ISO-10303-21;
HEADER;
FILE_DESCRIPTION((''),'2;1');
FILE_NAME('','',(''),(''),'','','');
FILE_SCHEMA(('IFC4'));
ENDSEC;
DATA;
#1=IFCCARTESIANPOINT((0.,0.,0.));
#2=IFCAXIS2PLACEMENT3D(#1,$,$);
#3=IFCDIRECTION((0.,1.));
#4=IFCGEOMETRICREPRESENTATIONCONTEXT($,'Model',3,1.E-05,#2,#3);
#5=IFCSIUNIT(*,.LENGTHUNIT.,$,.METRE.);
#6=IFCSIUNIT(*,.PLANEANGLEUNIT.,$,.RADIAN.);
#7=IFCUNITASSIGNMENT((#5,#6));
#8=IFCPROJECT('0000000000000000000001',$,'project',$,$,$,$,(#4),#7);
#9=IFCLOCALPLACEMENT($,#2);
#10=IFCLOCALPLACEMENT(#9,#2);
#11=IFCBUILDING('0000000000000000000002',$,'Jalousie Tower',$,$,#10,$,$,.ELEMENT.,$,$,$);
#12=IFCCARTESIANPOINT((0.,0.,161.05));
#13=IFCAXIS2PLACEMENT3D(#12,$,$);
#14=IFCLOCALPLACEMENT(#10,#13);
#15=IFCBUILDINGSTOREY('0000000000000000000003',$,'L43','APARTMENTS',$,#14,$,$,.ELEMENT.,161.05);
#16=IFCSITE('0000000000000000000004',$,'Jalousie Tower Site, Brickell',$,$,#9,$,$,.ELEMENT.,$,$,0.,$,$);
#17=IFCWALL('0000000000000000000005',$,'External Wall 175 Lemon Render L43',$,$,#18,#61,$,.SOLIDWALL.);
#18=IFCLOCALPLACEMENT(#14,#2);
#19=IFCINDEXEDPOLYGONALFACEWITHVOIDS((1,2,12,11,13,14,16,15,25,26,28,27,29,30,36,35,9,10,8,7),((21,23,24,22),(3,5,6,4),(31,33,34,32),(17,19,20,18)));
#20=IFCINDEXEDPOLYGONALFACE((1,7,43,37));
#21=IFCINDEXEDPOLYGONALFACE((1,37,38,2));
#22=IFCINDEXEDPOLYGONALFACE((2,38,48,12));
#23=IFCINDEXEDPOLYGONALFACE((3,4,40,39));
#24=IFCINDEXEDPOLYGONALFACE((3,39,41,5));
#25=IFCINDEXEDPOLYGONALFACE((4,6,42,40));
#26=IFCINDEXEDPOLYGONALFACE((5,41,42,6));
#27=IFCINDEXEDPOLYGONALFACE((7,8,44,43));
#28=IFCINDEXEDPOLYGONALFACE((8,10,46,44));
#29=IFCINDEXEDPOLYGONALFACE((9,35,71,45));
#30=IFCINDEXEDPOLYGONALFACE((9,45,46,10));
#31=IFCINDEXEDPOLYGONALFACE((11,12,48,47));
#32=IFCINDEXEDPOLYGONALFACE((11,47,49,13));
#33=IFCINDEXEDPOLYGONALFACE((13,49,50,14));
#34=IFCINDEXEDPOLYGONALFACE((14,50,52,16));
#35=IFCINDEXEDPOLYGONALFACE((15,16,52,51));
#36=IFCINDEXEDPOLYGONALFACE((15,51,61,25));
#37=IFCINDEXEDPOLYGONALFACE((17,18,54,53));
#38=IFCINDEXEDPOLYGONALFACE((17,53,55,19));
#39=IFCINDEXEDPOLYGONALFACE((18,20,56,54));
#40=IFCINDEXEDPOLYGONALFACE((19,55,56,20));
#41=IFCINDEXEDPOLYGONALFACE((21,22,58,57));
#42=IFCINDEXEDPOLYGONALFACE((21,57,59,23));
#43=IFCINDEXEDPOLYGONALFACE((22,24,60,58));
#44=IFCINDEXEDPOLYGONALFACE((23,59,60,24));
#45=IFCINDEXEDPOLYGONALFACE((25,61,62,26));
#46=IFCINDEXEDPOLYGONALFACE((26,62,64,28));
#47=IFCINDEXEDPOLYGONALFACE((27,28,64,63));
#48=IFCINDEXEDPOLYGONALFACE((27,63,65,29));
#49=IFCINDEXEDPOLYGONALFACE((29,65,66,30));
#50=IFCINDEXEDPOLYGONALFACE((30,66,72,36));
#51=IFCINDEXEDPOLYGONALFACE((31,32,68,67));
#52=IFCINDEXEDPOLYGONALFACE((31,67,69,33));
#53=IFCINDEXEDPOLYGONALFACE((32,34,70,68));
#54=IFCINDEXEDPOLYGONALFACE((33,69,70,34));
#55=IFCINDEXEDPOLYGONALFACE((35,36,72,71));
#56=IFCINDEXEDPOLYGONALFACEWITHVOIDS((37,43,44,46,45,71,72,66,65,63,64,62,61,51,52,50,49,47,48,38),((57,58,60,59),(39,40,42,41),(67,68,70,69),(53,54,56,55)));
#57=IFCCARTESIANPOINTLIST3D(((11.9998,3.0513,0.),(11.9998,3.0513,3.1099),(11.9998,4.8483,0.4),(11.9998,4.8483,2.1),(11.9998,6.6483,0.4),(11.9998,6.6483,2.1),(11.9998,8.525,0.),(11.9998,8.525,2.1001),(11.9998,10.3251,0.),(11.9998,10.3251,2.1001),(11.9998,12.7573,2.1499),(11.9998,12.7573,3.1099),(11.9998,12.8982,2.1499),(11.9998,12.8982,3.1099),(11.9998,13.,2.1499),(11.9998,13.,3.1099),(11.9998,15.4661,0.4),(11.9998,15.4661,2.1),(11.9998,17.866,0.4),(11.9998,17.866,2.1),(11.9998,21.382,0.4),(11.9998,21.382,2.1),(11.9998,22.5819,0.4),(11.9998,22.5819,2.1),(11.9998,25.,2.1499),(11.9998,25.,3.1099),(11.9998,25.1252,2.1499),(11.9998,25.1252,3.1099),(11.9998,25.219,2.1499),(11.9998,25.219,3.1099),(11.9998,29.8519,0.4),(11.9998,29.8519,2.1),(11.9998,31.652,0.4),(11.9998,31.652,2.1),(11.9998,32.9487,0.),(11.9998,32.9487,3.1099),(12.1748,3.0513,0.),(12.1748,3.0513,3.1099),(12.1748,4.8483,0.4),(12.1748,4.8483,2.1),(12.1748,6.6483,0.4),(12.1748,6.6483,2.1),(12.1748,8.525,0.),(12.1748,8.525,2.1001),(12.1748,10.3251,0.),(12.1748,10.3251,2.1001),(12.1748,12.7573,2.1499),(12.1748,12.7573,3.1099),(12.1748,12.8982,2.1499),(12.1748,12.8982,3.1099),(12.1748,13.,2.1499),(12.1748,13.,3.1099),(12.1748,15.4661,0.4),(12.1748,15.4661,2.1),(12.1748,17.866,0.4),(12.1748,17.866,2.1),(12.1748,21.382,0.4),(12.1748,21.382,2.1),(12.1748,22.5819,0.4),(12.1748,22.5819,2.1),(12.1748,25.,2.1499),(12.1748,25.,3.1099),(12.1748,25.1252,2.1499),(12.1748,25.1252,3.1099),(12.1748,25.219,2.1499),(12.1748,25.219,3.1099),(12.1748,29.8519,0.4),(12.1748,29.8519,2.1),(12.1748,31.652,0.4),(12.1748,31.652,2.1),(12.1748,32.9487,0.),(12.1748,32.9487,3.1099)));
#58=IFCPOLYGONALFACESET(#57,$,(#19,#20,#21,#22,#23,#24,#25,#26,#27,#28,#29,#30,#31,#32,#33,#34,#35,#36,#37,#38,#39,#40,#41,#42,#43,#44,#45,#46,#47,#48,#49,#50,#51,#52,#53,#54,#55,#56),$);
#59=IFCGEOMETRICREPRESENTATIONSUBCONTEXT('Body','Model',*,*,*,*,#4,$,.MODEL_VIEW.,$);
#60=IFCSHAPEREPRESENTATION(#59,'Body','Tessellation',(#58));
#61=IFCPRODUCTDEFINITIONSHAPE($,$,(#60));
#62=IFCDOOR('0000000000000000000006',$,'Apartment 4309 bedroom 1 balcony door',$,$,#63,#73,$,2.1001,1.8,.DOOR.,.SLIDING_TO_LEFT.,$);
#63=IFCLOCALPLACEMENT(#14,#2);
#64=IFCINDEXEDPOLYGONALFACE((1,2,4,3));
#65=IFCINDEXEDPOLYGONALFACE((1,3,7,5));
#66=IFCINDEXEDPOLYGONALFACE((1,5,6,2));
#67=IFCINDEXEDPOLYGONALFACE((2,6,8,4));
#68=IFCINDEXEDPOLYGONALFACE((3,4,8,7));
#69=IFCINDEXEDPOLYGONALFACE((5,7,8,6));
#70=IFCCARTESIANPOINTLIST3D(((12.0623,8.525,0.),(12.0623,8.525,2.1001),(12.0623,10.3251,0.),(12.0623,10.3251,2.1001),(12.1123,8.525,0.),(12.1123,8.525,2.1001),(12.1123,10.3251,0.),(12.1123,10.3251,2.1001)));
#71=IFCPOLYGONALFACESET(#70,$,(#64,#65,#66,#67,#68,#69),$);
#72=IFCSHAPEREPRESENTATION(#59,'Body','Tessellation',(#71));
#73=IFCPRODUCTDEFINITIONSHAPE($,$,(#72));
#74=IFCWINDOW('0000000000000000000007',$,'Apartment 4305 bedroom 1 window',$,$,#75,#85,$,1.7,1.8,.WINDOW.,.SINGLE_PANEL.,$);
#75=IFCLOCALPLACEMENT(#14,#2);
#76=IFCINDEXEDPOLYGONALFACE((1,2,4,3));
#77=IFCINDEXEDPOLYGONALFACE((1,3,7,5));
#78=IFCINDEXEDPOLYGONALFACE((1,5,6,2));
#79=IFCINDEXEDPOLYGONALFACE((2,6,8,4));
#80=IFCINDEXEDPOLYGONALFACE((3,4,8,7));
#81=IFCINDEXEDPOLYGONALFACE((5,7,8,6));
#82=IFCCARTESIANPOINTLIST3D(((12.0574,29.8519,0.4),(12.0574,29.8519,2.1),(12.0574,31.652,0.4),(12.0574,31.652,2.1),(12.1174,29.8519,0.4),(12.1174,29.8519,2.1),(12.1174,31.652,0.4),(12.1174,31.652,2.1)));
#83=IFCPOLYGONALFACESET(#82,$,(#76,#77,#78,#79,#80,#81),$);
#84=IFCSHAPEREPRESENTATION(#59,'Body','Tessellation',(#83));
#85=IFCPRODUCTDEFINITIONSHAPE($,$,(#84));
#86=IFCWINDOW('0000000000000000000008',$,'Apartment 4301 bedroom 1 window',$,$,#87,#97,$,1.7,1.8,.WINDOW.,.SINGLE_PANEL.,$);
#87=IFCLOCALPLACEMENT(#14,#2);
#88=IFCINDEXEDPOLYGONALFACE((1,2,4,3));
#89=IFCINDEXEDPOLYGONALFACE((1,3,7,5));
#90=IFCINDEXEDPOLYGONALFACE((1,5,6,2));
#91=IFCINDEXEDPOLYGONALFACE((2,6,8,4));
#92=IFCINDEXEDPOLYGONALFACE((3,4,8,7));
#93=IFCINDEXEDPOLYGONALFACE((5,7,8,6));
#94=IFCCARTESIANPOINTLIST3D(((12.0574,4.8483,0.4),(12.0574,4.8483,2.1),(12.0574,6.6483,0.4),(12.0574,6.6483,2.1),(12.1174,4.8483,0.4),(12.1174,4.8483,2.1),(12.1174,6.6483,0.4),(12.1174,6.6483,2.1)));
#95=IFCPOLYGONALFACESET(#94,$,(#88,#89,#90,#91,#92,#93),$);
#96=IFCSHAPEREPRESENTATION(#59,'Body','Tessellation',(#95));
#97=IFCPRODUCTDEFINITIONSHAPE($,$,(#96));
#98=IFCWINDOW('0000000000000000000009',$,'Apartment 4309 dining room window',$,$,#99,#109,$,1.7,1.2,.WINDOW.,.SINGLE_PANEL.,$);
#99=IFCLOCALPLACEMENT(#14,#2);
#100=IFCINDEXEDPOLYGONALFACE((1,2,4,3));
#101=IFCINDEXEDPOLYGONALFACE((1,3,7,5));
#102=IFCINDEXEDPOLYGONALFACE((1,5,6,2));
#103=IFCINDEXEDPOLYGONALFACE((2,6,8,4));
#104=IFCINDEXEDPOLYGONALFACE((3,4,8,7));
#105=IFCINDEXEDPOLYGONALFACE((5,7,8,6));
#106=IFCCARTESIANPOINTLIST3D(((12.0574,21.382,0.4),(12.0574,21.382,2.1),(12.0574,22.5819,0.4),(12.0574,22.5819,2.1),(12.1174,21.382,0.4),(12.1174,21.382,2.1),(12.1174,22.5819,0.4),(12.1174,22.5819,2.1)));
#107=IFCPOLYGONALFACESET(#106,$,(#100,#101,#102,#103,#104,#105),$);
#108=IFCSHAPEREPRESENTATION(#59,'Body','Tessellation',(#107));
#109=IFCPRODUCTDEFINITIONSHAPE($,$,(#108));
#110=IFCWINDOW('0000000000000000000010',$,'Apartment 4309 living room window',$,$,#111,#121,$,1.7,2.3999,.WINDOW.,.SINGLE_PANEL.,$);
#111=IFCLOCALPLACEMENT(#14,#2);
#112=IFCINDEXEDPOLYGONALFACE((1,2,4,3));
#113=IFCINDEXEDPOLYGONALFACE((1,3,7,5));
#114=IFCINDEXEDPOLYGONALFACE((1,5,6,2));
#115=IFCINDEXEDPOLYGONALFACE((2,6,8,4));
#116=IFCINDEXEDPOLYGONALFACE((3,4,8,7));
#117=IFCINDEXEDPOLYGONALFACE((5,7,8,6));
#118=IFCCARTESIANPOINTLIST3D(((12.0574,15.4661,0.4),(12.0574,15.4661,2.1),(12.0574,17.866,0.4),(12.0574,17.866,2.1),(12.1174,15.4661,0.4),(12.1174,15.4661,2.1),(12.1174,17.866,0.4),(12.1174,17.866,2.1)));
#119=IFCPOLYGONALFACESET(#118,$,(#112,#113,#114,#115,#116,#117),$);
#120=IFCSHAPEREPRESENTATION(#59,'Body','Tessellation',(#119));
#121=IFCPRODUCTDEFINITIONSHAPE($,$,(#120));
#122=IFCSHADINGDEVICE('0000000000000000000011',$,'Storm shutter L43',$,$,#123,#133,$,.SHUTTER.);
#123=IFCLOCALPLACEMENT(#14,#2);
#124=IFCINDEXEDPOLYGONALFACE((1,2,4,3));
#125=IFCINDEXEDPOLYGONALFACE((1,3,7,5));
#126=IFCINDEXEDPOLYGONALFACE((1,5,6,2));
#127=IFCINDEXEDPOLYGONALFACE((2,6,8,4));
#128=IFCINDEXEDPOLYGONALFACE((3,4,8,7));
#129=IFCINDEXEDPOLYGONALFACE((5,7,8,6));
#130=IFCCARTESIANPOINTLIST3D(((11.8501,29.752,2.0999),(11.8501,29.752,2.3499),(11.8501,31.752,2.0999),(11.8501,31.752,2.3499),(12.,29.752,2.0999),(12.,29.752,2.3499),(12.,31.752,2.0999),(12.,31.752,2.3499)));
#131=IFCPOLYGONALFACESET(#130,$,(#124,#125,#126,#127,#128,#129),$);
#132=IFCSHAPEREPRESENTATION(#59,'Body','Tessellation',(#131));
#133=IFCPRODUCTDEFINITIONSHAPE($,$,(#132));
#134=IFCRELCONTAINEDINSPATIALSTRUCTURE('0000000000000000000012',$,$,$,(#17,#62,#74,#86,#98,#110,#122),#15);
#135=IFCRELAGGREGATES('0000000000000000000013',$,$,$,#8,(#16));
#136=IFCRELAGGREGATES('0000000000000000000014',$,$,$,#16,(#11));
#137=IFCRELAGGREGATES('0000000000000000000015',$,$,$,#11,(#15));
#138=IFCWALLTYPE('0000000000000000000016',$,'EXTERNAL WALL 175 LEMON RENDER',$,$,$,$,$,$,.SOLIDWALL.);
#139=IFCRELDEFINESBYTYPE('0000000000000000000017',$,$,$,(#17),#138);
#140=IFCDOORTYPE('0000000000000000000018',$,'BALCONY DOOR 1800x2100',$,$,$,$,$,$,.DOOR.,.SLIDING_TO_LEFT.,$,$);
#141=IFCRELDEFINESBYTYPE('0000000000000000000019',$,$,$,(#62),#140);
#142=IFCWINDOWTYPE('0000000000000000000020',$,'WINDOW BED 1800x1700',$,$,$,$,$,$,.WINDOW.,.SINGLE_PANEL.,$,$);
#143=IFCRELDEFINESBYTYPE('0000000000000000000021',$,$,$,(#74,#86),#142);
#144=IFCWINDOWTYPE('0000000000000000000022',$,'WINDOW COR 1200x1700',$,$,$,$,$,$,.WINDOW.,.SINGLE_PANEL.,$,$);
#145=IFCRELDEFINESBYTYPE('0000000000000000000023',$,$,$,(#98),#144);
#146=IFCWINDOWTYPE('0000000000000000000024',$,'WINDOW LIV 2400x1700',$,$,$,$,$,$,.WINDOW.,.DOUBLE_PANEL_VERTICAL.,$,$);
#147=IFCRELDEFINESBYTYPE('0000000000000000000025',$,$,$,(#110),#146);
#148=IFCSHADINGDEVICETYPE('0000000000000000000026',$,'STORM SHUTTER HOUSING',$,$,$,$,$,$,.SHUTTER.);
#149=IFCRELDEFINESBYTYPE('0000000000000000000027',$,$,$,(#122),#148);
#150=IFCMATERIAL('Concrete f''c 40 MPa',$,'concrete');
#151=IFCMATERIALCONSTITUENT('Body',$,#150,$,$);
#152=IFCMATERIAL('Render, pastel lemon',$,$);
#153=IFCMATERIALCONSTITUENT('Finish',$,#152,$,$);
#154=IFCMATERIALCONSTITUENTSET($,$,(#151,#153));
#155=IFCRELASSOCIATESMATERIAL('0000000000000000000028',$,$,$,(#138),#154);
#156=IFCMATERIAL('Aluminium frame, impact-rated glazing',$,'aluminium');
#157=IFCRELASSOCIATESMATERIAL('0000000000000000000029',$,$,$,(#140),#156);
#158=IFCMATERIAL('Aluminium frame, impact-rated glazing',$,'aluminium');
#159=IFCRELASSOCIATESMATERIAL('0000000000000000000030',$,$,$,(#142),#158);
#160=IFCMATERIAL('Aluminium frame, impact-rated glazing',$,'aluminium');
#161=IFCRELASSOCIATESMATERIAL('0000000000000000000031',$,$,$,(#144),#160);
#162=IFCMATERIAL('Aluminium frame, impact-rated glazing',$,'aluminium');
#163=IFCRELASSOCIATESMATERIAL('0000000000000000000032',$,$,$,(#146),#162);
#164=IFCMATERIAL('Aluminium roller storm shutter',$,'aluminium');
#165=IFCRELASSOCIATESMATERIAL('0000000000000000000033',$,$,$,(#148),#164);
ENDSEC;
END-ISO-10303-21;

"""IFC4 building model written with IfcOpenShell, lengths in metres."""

from ifc_helpers import new_model, si_unit, direction, frame, frame_2d, origin, origin_2d, place, context, subcontext, project, spatial, polyline, rectangle, outline, extrude, material, constituent, constituent_set, type_object, element, fill, save


model = new_model("IFC4")

# Units and contexts
model_context = context("Model", 3, precision=1e-05, world=origin(), true_north=direction((0.0, 1.0)))
body_context = subcontext(model_context, "Body", "Model", "MODEL_VIEW")
ifc_project = project(units=[si_unit("LENGTHUNIT", "METRE"), si_unit("PLANEANGLEUNIT", "RADIAN")], contexts=[model_context])

# Site, building, storey
site_placement = place(None, origin())
site = spatial("IfcSite", under=ifc_project, at=site_placement, Name="Jalousie Tower Site, Brickell", CompositionType="ELEMENT", RefElevation=0.0)
building_placement = place(site_placement, origin())
building = spatial("IfcBuilding", under=site, at=building_placement, Name="Jalousie Tower", CompositionType="ELEMENT")
storey_placement = place(building_placement, frame((0.0, 0.0, 161.05)))
storey = spatial("IfcBuildingStorey", under=building, at=storey_placement, Name="L43", Description="APARTMENTS", CompositionType="ELEMENT", Elevation=161.05)

# Wall, openings, door, windows
ifc_material_1 = material(Name="Concrete f'c 40 MPa", Category="concrete")
ifc_constituent_1 = constituent(ifc_material_1, Name="Body")
ifc_material_2 = material(Name="Render, pastel lemon")
ifc_constituent_2 = constituent(ifc_material_2, Name="Finish")
ifc_constituent_set = constituent_set(constituents=[ifc_constituent_1, ifc_constituent_2])
wall_type = type_object("IfcWallType", Name="EXTERNAL WALL 175 LEMON RENDER", PredefinedType="SOLIDWALL", material=ifc_constituent_set)
wall_placement = place(storey_placement, frame((12.0874, 32.9487, 0.0), z_axis=(0.0, 0.0, 1.0), x_axis=(0.0, -1.0, 0.0)))
wall = element("IfcWall", 1, at=wall_placement, inside=storey, type_object=wall_type, Name="External Wall 175 Lemon Render L43", PredefinedType="SOLIDWALL", context=body_context, shape_type="SweptSolid", body=[
    extrude(outline(polyline([(0.0, 0.0), (29.8975, 0.0), (29.8975, 3.1099), (20.1914, 3.1099), (20.1914, 2.1499), (20.0505, 2.1499), (20.0505, 3.1099), (19.9487, 3.1099), (19.9487, 2.1499), (7.9487, 2.1499), (7.9487, 3.1099), (7.8235, 3.1099), (7.8235, 2.1499), (7.7297, 2.1499), (7.7297, 3.1099), (0.0, 3.1099), (0.0, 0.0)])), frame((0.0, 0.0874, 0.0), z_axis=(0.0, -1.0, 0.0), x_axis=(1.0, 0.0, 0.0)), (0.0, 0.0, 1.0), 0.175),
])
opening_1_placement = place(wall_placement, frame((1.2969, 0.0, 0.3999)))
opening_1 = element("IfcOpeningElement", 2, at=opening_1_placement, cuts=wall, PredefinedType="OPENING", context=body_context, shape_type="SweptSolid", body=[
    extrude(rectangle(XDim=1.8, YDim=1.7, at=frame_2d((0.8999, 0.8501))), frame((0.0, 0.0974, 0.0), z_axis=(0.0, -1.0, 0.0), x_axis=(1.0, 0.0, 0.0)), (0.0, 0.0, 1.0), 0.1951),
])
opening_2_placement = place(wall_placement, frame((10.3667, 0.0, 0.3999)))
opening_2 = element("IfcOpeningElement", 3, at=opening_2_placement, cuts=wall, PredefinedType="OPENING", context=body_context, shape_type="SweptSolid", body=[
    extrude(rectangle(XDim=1.2, YDim=1.7, at=frame_2d((0.6001, 0.8501))), frame((0.0, 0.0974, 0.0), z_axis=(0.0, -1.0, 0.0), x_axis=(1.0, 0.0, 0.0)), (0.0, 0.0, 1.0), 0.1951),
])
opening_3_placement = place(wall_placement, frame((15.0828, 0.0, 0.3999)))
opening_3 = element("IfcOpeningElement", 4, at=opening_3_placement, cuts=wall, PredefinedType="OPENING", context=body_context, shape_type="SweptSolid", body=[
    extrude(rectangle(XDim=2.3999, YDim=1.7, at=frame_2d((1.2, 0.8501))), frame((0.0, 0.0974, 0.0), z_axis=(0.0, -1.0, 0.0), x_axis=(1.0, 0.0, 0.0)), (0.0, 0.0, 1.0), 0.1951),
])
opening_4_placement = place(wall_placement, frame((22.6238, 0.0, 0.0)))
opening_4 = element("IfcOpeningElement", 5, at=opening_4_placement, cuts=wall, PredefinedType="OPENING", context=body_context, shape_type="SweptSolid", body=[
    extrude(rectangle(XDim=1.8, YDim=2.1001, at=frame_2d((0.8999, 1.05))), frame((0.0, 0.0974, 0.0), z_axis=(0.0, -1.0, 0.0), x_axis=(1.0, 0.0, 0.0)), (0.0, 0.0, 1.0), 0.1951),
])
opening_5_placement = place(wall_placement, frame((26.3005, 0.0, 0.3999)))
opening_5 = element("IfcOpeningElement", 6, at=opening_5_placement, cuts=wall, PredefinedType="OPENING", context=body_context, shape_type="SweptSolid", body=[
    extrude(rectangle(XDim=1.8, YDim=1.7, at=frame_2d((0.8999, 0.8501))), frame((0.0, 0.0974, 0.0), z_axis=(0.0, -1.0, 0.0), x_axis=(1.0, 0.0, 0.0)), (0.0, 0.0, 1.0), 0.1951),
])
ifc_material_3 = material(Name="Aluminium frame, impact-rated glazing", Category="aluminium")
door_type = type_object("IfcDoorType", Name="BALCONY DOOR 1800x2100", OperationType="SLIDING_TO_LEFT", PredefinedType="DOOR", material=ifc_material_3)
door_placement = place(opening_4_placement, origin())
door = element("IfcDoor", 7, at=door_placement, inside=storey, type_object=door_type, Name="Apartment 4309 bedroom 1 balcony door", OperationType="SLIDING_TO_LEFT", OverallHeight=2.1001, OverallWidth=1.8, PredefinedType="DOOR", context=body_context, shape_type="SweptSolid", body=[
    extrude(rectangle(XDim=1.8, YDim=2.1001, at=frame_2d((0.8999, 1.05))), frame((0.0, 0.0249, 0.0), z_axis=(0.0, -1.0, 0.0), x_axis=(1.0, 0.0, 0.0)), (0.0, 0.0, 1.0), 0.05),
])
fill(opening_4, door)
ifc_material_4 = material(Name="Aluminium frame, impact-rated glazing", Category="aluminium")
window_type_1 = type_object("IfcWindowType", Name="WINDOW BED 1800x1700", PartitioningType="SINGLE_PANEL", PredefinedType="WINDOW", material=ifc_material_4)
window_1_placement = place(opening_1_placement, origin())
window_1 = element("IfcWindow", 8, at=window_1_placement, inside=storey, type_object=window_type_1, Name="Apartment 4305 bedroom 1 window", OverallHeight=1.7, OverallWidth=1.8, PartitioningType="SINGLE_PANEL", PredefinedType="WINDOW", context=body_context, shape_type="SweptSolid", body=[
    extrude(rectangle(XDim=1.8, YDim=1.7, at=frame_2d((0.8999, 0.8501))), frame((0.0, 0.03, 0.0), z_axis=(0.0, -1.0, 0.0), x_axis=(1.0, 0.0, 0.0)), (0.0, 0.0, 1.0), 0.0601),
])
fill(opening_1, window_1)
window_2_placement = place(opening_5_placement, origin())
window_2 = element("IfcWindow", 9, at=window_2_placement, inside=storey, type_object=window_type_1, Name="Apartment 4301 bedroom 1 window", OverallHeight=1.7, OverallWidth=1.8, PartitioningType="SINGLE_PANEL", PredefinedType="WINDOW", context=body_context, shape_type="SweptSolid", body=[
    extrude(rectangle(XDim=1.8, YDim=1.7, at=frame_2d((0.8999, 0.8501))), frame((0.0, 0.03, 0.0), z_axis=(0.0, -1.0, 0.0), x_axis=(1.0, 0.0, 0.0)), (0.0, 0.0, 1.0), 0.0601),
])
fill(opening_5, window_2)
ifc_material_5 = material(Name="Aluminium frame, impact-rated glazing", Category="aluminium")
window_type_2 = type_object("IfcWindowType", Name="WINDOW COR 1200x1700", PartitioningType="SINGLE_PANEL", PredefinedType="WINDOW", material=ifc_material_5)
window_3_placement = place(opening_2_placement, origin())
window_3 = element("IfcWindow", 10, at=window_3_placement, inside=storey, type_object=window_type_2, Name="Apartment 4309 dining room window", OverallHeight=1.7, OverallWidth=1.2, PartitioningType="SINGLE_PANEL", PredefinedType="WINDOW", context=body_context, shape_type="SweptSolid", body=[
    extrude(rectangle(XDim=1.2, YDim=1.7, at=frame_2d((0.6001, 0.8501))), frame((0.0, 0.03, 0.0), z_axis=(0.0, -1.0, 0.0), x_axis=(1.0, 0.0, 0.0)), (0.0, 0.0, 1.0), 0.0601),
])
fill(opening_2, window_3)
ifc_material_6 = material(Name="Aluminium frame, impact-rated glazing", Category="aluminium")
window_type_3 = type_object("IfcWindowType", Name="WINDOW LIV 2400x1700", PartitioningType="DOUBLE_PANEL_VERTICAL", PredefinedType="WINDOW", material=ifc_material_6)
window_4_placement = place(opening_3_placement, origin())
window_4 = element("IfcWindow", 11, at=window_4_placement, inside=storey, type_object=window_type_3, Name="Apartment 4309 living room window", OverallHeight=1.7, OverallWidth=2.3999, PartitioningType="SINGLE_PANEL", PredefinedType="WINDOW", context=body_context, shape_type="SweptSolid", body=[
    extrude(rectangle(XDim=2.3999, YDim=1.7, at=frame_2d((1.2, 0.8501))), frame((0.0, 0.03, 0.0), z_axis=(0.0, -1.0, 0.0), x_axis=(1.0, 0.0, 0.0)), (0.0, 0.0, 1.0), 0.0601),
])
fill(opening_3, window_4)

# Shading device
ifc_material_7 = material(Name="Aluminium roller storm shutter", Category="aluminium")
shading_device_type = type_object("IfcShadingDeviceType", Name="STORM SHUTTER HOUSING", PredefinedType="SHUTTER", material=ifc_material_7)
shading_device_placement = place(storey_placement, frame((11.925, 30.752, 2.0999), z_axis=(0.0, 0.0, 1.0), x_axis=(0.0, -1.0, 0.0)))
element("IfcShadingDevice", 12, at=shading_device_placement, inside=storey, type_object=shading_device_type, Name="Storm shutter L43", PredefinedType="SHUTTER", context=body_context, shape_type="SweptSolid", body=[
    extrude(rectangle(XDim=2.0, YDim=0.1499, at=origin_2d()), origin(), (0.0, 0.0, 1.0), 0.25),
])

save(model, "model.ifc")
